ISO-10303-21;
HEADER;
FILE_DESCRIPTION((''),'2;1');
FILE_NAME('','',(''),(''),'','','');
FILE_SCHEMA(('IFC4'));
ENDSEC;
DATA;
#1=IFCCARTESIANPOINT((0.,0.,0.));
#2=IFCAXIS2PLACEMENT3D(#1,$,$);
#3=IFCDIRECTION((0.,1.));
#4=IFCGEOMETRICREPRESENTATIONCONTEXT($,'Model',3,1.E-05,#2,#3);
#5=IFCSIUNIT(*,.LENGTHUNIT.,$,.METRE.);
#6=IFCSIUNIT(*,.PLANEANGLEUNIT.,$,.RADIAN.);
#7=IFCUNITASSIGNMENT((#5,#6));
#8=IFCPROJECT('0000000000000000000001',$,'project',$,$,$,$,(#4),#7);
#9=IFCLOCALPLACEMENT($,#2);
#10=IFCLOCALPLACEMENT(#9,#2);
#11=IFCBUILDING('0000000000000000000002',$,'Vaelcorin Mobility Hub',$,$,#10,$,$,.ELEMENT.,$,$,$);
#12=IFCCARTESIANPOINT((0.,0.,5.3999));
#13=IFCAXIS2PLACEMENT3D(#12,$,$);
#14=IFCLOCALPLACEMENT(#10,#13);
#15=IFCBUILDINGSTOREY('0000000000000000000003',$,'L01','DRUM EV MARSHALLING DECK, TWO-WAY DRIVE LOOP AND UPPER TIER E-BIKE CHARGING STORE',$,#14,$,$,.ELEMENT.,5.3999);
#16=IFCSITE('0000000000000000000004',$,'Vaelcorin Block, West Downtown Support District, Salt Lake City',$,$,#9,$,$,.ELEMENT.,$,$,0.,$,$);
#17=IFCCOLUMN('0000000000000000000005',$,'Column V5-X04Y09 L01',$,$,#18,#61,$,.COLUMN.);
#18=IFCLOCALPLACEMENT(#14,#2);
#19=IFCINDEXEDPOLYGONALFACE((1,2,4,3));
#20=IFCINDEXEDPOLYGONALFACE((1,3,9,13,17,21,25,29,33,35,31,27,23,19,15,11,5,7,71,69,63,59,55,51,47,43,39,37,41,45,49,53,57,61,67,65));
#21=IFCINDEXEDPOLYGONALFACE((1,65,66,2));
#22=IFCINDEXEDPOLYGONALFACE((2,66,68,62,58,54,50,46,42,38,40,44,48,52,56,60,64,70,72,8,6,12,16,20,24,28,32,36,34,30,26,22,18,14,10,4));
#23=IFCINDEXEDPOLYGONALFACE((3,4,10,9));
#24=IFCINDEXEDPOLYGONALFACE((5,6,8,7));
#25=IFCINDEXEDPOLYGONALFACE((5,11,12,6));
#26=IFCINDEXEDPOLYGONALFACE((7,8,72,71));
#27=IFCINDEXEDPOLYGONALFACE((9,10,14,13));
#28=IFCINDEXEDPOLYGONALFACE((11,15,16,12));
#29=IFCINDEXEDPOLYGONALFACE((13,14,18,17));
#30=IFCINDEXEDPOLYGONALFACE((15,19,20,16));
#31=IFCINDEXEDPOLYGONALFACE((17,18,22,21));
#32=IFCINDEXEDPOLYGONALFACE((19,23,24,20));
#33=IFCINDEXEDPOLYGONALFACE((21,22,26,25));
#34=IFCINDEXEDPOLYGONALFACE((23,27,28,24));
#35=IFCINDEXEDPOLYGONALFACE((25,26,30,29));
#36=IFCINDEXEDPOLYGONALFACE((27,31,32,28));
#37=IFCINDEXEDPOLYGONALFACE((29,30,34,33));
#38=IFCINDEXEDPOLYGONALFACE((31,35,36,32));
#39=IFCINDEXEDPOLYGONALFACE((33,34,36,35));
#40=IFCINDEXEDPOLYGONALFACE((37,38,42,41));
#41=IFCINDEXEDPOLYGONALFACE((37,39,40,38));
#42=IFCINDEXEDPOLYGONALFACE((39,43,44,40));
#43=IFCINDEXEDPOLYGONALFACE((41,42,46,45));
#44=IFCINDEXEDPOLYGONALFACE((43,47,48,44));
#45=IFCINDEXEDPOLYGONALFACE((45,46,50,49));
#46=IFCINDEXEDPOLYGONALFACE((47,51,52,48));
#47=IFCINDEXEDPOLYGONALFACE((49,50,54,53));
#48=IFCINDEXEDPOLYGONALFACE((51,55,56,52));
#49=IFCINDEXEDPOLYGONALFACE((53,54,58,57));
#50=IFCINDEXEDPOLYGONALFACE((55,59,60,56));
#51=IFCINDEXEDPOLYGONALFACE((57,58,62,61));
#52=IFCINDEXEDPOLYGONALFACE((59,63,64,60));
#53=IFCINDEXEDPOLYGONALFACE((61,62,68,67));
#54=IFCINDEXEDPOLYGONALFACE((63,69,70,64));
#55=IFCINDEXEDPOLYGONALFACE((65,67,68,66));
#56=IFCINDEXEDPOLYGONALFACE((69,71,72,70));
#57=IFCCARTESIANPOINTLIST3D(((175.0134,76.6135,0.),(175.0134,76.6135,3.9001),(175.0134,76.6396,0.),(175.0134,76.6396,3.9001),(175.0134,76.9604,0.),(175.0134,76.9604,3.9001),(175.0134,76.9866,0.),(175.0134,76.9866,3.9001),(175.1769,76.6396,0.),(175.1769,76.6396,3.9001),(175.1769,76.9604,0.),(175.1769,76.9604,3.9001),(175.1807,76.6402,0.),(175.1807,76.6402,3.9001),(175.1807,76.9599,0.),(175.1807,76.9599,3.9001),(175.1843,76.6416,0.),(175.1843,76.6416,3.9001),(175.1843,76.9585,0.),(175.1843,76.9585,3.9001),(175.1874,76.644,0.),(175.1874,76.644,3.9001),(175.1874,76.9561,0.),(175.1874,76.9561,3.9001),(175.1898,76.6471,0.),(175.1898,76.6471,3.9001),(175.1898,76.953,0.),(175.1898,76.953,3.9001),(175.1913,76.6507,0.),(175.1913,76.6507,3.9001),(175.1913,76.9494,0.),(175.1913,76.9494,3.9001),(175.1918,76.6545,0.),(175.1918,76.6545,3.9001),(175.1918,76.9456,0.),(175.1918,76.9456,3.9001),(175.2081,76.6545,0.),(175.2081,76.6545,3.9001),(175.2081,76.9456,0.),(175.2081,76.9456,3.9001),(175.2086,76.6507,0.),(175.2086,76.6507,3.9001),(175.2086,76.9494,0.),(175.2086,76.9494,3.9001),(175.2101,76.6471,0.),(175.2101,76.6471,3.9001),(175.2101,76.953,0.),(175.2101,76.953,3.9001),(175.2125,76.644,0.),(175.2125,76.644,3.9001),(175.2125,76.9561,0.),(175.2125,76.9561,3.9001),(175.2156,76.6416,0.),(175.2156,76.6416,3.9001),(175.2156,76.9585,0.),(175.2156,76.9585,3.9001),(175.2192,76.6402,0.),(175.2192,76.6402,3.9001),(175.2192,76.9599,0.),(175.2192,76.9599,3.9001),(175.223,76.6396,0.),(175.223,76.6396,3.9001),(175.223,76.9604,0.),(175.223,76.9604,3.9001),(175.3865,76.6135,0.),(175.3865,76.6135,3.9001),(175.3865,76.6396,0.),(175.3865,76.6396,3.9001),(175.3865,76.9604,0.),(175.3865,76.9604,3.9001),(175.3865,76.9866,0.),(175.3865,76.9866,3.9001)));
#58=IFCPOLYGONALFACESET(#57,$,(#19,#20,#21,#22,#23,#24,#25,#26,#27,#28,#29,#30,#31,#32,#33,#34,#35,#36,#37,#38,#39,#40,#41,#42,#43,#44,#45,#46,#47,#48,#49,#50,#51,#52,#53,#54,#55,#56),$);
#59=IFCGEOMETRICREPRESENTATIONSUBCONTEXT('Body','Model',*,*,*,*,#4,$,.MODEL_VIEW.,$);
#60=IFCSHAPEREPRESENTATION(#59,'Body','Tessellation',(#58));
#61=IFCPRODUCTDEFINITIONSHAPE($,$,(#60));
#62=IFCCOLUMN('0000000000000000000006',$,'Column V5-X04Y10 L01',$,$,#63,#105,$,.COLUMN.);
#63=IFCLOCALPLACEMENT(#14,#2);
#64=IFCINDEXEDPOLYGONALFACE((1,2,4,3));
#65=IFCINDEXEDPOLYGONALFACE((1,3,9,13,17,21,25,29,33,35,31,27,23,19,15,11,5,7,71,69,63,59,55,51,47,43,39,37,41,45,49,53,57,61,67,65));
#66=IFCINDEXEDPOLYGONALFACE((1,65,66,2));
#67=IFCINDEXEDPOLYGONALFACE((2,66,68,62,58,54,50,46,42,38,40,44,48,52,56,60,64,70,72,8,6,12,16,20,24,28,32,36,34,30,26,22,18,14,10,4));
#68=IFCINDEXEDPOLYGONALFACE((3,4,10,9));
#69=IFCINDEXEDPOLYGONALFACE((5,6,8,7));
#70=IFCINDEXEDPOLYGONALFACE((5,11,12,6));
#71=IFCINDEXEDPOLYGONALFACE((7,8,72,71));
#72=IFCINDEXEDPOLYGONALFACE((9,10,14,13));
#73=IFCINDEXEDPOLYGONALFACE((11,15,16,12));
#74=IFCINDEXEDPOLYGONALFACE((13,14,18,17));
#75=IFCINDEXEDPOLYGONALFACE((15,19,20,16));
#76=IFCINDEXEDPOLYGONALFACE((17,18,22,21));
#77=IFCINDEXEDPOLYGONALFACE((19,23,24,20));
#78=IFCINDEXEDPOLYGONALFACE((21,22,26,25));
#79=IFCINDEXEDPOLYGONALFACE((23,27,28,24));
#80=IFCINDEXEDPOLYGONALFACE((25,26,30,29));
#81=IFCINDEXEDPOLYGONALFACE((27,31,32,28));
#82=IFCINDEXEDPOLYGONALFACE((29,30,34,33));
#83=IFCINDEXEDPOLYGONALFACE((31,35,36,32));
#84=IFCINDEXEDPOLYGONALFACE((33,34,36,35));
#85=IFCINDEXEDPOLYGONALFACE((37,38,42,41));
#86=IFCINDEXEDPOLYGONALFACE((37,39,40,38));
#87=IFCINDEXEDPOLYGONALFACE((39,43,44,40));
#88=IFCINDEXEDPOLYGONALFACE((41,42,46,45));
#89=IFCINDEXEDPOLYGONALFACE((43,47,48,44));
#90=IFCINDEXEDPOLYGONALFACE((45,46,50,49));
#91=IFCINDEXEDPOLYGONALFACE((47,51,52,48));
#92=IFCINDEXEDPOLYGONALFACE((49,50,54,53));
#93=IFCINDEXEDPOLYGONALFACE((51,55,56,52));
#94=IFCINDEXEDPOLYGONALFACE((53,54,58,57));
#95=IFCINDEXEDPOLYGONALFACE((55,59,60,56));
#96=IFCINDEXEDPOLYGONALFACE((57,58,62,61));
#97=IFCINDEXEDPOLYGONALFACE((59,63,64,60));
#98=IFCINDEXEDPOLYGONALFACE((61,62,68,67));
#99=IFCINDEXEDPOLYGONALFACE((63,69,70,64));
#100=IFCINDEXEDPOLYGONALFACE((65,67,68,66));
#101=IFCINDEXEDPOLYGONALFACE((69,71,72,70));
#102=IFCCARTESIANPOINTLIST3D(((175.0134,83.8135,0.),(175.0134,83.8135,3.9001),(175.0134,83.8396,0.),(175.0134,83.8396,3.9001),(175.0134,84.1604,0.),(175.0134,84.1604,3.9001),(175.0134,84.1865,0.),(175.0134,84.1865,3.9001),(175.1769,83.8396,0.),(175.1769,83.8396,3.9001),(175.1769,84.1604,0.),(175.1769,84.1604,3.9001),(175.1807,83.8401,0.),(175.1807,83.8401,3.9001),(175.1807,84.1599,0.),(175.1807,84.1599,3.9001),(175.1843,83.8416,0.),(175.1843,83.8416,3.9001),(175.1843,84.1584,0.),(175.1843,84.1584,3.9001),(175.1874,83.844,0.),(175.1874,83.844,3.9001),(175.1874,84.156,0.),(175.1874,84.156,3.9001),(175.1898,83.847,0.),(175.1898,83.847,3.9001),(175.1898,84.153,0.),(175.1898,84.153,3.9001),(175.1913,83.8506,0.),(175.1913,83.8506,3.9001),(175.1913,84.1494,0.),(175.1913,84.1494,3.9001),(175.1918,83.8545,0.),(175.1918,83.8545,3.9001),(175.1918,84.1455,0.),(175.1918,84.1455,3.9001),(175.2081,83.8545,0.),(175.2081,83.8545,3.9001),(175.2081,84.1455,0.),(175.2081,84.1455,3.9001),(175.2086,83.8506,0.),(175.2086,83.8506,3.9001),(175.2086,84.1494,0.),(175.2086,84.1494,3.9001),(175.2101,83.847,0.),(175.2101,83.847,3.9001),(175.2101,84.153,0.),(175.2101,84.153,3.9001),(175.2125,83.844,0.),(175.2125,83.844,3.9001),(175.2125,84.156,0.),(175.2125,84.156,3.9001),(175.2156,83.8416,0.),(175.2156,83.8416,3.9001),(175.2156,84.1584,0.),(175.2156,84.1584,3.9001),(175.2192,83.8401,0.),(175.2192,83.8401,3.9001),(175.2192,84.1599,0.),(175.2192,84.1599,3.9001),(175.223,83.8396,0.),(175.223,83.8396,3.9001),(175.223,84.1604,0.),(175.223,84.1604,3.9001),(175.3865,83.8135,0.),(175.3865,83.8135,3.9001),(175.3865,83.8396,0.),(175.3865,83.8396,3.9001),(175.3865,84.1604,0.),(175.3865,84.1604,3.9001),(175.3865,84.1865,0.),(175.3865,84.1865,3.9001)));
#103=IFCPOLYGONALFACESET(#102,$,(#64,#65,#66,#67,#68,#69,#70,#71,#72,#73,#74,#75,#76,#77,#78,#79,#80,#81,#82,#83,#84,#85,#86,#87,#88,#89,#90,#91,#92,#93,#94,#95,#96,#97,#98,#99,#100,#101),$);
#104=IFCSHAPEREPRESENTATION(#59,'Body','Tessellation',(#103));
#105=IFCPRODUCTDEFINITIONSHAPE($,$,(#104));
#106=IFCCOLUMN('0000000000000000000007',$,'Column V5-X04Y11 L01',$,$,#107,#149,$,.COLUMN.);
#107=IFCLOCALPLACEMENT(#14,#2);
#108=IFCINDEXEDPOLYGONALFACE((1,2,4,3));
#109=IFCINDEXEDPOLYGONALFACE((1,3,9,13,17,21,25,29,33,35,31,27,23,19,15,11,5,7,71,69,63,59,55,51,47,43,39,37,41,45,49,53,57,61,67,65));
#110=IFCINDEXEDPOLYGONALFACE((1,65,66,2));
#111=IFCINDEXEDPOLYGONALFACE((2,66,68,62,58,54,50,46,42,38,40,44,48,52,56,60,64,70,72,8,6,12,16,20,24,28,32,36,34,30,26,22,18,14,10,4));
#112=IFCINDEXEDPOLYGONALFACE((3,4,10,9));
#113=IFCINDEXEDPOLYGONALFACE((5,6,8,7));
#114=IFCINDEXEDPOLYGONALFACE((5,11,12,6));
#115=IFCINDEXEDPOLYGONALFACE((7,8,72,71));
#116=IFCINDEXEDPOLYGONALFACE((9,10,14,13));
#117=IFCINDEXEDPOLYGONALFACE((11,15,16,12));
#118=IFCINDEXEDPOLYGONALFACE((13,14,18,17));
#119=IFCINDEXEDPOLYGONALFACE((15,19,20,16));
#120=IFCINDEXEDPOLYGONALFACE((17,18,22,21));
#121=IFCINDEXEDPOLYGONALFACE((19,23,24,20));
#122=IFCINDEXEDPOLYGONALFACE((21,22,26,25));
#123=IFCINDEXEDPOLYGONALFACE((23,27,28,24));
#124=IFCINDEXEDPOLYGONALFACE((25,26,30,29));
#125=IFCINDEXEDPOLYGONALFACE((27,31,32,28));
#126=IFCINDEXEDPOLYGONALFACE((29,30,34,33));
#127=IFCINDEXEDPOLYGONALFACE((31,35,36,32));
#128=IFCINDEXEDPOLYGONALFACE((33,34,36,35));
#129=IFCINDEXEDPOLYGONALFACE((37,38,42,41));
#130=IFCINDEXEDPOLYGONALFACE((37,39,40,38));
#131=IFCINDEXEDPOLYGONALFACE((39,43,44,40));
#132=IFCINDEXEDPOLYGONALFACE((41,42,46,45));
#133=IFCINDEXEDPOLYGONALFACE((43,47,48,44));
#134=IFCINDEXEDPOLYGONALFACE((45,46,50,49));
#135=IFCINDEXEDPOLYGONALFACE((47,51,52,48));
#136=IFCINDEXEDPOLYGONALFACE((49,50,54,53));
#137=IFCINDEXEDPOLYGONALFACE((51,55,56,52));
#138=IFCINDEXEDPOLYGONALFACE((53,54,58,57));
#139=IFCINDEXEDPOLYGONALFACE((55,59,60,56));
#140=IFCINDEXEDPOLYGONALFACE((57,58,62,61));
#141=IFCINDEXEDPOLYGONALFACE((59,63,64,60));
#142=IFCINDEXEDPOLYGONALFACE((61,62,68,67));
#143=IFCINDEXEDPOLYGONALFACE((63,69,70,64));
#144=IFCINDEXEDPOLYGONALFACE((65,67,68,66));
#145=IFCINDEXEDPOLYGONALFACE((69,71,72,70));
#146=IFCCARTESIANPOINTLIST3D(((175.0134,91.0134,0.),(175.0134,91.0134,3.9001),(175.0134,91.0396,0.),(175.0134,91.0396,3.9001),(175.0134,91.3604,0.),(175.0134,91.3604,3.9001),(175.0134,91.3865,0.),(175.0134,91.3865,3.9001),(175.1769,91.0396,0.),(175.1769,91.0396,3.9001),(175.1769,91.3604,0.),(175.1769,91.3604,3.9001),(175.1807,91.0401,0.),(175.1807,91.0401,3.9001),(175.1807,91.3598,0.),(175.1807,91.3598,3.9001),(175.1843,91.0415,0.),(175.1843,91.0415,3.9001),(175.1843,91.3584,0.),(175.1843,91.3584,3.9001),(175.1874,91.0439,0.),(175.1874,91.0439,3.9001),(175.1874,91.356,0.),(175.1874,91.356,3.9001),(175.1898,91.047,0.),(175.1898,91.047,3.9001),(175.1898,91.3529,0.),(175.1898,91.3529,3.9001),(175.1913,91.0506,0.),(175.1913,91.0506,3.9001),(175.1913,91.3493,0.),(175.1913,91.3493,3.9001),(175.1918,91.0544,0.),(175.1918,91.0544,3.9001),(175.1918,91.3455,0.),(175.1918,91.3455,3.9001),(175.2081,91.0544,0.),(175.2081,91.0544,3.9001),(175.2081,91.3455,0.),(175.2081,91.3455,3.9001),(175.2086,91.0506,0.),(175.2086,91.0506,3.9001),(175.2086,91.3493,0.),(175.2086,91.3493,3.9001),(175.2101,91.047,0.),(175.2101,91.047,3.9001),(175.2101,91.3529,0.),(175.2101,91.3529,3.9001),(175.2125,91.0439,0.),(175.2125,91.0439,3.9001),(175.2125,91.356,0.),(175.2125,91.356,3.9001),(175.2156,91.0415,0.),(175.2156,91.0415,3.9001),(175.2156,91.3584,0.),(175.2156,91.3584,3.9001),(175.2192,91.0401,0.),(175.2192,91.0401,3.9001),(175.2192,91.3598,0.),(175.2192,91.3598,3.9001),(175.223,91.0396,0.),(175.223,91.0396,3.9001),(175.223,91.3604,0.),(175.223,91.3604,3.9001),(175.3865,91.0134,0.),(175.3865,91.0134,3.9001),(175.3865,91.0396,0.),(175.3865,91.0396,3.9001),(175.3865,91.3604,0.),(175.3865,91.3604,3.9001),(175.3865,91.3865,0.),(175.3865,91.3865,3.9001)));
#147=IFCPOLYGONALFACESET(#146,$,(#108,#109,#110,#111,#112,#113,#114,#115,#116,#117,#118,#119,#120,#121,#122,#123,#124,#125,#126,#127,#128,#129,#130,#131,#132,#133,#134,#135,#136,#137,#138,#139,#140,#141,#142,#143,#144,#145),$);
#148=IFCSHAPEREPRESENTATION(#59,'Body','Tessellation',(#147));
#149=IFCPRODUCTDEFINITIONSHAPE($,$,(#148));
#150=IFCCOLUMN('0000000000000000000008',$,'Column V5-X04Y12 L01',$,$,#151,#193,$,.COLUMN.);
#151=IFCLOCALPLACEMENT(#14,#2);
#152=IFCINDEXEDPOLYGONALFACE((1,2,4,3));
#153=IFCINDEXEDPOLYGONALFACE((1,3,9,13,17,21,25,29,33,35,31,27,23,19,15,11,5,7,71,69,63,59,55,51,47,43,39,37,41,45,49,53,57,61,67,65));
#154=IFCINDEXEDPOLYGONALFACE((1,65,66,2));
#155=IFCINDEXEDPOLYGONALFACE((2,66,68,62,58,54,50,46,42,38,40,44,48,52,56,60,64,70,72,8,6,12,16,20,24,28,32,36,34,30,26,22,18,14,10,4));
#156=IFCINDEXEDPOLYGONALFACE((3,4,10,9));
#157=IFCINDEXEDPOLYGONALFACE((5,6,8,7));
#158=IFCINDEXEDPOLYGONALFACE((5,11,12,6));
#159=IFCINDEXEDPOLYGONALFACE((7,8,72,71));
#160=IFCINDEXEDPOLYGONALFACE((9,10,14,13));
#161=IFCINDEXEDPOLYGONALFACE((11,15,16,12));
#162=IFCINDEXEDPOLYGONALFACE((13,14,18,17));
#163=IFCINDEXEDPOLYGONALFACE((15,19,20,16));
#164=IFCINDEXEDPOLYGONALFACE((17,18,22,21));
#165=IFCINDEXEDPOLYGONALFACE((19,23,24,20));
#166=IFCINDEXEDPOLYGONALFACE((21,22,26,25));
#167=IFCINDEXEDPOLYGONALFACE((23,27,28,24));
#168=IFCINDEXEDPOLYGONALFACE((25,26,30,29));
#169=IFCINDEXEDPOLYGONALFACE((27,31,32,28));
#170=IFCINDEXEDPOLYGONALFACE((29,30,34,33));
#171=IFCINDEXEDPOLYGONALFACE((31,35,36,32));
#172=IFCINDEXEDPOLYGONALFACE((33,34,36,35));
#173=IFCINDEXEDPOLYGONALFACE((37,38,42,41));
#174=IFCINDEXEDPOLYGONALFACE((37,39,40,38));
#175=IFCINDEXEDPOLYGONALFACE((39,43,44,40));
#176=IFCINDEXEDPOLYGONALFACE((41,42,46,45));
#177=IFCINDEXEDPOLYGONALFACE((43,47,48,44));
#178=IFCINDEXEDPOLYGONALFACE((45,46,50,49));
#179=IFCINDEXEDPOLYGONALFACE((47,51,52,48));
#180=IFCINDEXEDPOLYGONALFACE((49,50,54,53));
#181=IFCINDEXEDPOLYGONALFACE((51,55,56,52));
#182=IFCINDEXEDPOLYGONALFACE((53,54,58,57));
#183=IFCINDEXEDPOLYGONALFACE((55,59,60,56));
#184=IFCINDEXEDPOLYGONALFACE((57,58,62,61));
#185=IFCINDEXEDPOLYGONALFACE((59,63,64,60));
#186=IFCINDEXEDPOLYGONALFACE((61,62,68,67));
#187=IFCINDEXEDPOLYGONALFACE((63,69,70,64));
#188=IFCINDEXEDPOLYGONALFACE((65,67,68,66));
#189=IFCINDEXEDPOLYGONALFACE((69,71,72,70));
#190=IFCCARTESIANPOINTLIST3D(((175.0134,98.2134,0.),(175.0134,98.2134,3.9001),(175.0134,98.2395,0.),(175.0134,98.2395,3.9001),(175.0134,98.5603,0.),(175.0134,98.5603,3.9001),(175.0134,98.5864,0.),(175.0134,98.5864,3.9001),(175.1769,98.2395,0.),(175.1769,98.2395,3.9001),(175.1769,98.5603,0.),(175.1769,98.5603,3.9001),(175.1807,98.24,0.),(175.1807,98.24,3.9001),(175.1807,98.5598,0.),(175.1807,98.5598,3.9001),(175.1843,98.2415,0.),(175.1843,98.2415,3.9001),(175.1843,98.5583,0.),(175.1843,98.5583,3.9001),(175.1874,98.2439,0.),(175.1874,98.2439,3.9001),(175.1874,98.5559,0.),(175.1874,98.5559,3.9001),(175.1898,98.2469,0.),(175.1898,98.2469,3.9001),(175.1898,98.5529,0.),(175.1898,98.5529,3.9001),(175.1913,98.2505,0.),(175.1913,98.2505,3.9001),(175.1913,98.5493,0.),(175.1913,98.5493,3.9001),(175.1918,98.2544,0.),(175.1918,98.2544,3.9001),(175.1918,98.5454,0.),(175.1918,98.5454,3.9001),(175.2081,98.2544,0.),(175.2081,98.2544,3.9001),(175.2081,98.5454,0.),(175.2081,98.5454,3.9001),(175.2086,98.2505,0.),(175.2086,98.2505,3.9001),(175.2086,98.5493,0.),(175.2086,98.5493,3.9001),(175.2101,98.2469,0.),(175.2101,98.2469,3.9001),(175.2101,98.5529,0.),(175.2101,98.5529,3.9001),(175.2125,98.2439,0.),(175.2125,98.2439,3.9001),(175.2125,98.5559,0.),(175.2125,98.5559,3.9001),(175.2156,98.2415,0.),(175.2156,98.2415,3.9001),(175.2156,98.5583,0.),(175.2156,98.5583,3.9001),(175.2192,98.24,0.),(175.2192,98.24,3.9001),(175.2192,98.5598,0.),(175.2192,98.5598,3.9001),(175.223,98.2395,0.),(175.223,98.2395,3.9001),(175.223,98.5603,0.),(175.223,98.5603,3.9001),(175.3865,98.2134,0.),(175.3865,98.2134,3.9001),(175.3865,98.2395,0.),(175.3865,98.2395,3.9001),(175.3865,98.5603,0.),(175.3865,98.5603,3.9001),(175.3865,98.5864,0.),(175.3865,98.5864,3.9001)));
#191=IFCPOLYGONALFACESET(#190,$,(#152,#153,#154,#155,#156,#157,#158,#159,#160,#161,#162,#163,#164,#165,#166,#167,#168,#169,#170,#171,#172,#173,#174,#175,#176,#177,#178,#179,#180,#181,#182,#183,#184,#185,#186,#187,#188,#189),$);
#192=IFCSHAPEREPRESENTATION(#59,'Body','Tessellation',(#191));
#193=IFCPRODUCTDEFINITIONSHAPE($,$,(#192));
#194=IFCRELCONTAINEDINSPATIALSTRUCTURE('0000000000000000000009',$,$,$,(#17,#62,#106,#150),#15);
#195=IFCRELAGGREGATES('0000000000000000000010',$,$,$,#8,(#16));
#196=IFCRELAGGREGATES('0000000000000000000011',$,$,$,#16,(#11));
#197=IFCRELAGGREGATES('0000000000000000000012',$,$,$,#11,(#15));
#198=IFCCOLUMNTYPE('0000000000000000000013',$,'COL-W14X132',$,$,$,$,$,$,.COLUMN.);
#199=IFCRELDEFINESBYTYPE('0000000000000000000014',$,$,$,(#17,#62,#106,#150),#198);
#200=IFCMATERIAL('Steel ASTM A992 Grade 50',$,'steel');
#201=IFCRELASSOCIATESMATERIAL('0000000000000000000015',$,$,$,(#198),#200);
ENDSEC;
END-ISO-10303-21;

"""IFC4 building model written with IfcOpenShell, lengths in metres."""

from ifc_helpers import new_model, si_unit, direction, frame, origin, origin_2d, place, context, subcontext, project, spatial, i_section, extrude, material, material_profile, profile_set, type_object, element, save


model = new_model("IFC4")

# Units and contexts
model_context = context("Model", 3, precision=1e-05, world=origin(), true_north=direction((0.0, 1.0)))
body_context = subcontext(model_context, "Body", "Model", "MODEL_VIEW")
ifc_project = project(units=[si_unit("LENGTHUNIT", "METRE"), si_unit("PLANEANGLEUNIT", "RADIAN")], contexts=[model_context])

# Site, building, storey
site_placement = place(None, origin())
site = spatial("IfcSite", under=ifc_project, at=site_placement, Name="Vaelcorin Block, West Downtown Support District, Salt Lake City", CompositionType="ELEMENT", RefElevation=0.0)
building_placement = place(site_placement, origin())
building = spatial("IfcBuilding", under=site, at=building_placement, Name="Vaelcorin Mobility Hub", CompositionType="ELEMENT")
storey_placement = place(building_placement, frame((0.0, 0.0, 5.3999)))
storey = spatial("IfcBuildingStorey", under=building, at=storey_placement, Name="L01", Description="DRUM EV MARSHALLING DECK, TWO-WAY DRIVE LOOP AND UPPER TIER E-BIKE CHARGING STORE", CompositionType="ELEMENT", Elevation=5.3999)

# Columns
ifc_material_1 = material(Name="Steel ASTM A992 Grade 50", Category="steel")
ifc_material_profile_1 = material_profile(ifc_material_1, i_section(OverallWidth=0.373, OverallDepth=0.373, WebThickness=0.0164, FlangeThickness=0.0261, FilletRadius=0.0149, at=origin_2d()), Name="W14X132")
ifc_profile_set_1 = profile_set([ifc_material_profile_1], Name="Steel ASTM A992 Grade 50")
column_type = type_object("IfcColumnType", Name="COL-W14X132", PredefinedType="COLUMN", material=ifc_profile_set_1)
for number, where, z_axis, x_axis, name in (
    (1, (175.2, 76.8, 0.0), (0.0, 0.0, 1.0), (1.0, 0.0, 0.0), "Column V5-X04Y09 L01"),
    (2, (175.2, 84.0, 0.0), (0.0, 0.0, 1.0), (1.0, 0.0, 0.0), "Column V5-X04Y10 L01"),
    (3, (175.2, 91.2, 0.0), (0.0, 0.0, 1.0), (1.0, 0.0, 0.0), "Column V5-X04Y11 L01"),
    (4, (175.2, 98.3999, 0.0), (0.0, 0.0, 1.0), (1.0, 0.0, 0.0), "Column V5-X04Y12 L01"),
):
    element("IfcColumn", number, at=place(storey_placement, frame(where, z_axis=z_axis, x_axis=x_axis)), inside=storey, type_object=column_type, Name=name, PredefinedType="COLUMN", context=body_context, shape_type="SweptSolid", body=[
        extrude(i_section(OverallWidth=0.373, OverallDepth=0.373, WebThickness=0.0164, FlangeThickness=0.0261, FilletRadius=0.0149, at=origin_2d()), origin(), (0.0, 0.0, 1.0), 3.9001),
    ])

save(model, "model.ifc")
